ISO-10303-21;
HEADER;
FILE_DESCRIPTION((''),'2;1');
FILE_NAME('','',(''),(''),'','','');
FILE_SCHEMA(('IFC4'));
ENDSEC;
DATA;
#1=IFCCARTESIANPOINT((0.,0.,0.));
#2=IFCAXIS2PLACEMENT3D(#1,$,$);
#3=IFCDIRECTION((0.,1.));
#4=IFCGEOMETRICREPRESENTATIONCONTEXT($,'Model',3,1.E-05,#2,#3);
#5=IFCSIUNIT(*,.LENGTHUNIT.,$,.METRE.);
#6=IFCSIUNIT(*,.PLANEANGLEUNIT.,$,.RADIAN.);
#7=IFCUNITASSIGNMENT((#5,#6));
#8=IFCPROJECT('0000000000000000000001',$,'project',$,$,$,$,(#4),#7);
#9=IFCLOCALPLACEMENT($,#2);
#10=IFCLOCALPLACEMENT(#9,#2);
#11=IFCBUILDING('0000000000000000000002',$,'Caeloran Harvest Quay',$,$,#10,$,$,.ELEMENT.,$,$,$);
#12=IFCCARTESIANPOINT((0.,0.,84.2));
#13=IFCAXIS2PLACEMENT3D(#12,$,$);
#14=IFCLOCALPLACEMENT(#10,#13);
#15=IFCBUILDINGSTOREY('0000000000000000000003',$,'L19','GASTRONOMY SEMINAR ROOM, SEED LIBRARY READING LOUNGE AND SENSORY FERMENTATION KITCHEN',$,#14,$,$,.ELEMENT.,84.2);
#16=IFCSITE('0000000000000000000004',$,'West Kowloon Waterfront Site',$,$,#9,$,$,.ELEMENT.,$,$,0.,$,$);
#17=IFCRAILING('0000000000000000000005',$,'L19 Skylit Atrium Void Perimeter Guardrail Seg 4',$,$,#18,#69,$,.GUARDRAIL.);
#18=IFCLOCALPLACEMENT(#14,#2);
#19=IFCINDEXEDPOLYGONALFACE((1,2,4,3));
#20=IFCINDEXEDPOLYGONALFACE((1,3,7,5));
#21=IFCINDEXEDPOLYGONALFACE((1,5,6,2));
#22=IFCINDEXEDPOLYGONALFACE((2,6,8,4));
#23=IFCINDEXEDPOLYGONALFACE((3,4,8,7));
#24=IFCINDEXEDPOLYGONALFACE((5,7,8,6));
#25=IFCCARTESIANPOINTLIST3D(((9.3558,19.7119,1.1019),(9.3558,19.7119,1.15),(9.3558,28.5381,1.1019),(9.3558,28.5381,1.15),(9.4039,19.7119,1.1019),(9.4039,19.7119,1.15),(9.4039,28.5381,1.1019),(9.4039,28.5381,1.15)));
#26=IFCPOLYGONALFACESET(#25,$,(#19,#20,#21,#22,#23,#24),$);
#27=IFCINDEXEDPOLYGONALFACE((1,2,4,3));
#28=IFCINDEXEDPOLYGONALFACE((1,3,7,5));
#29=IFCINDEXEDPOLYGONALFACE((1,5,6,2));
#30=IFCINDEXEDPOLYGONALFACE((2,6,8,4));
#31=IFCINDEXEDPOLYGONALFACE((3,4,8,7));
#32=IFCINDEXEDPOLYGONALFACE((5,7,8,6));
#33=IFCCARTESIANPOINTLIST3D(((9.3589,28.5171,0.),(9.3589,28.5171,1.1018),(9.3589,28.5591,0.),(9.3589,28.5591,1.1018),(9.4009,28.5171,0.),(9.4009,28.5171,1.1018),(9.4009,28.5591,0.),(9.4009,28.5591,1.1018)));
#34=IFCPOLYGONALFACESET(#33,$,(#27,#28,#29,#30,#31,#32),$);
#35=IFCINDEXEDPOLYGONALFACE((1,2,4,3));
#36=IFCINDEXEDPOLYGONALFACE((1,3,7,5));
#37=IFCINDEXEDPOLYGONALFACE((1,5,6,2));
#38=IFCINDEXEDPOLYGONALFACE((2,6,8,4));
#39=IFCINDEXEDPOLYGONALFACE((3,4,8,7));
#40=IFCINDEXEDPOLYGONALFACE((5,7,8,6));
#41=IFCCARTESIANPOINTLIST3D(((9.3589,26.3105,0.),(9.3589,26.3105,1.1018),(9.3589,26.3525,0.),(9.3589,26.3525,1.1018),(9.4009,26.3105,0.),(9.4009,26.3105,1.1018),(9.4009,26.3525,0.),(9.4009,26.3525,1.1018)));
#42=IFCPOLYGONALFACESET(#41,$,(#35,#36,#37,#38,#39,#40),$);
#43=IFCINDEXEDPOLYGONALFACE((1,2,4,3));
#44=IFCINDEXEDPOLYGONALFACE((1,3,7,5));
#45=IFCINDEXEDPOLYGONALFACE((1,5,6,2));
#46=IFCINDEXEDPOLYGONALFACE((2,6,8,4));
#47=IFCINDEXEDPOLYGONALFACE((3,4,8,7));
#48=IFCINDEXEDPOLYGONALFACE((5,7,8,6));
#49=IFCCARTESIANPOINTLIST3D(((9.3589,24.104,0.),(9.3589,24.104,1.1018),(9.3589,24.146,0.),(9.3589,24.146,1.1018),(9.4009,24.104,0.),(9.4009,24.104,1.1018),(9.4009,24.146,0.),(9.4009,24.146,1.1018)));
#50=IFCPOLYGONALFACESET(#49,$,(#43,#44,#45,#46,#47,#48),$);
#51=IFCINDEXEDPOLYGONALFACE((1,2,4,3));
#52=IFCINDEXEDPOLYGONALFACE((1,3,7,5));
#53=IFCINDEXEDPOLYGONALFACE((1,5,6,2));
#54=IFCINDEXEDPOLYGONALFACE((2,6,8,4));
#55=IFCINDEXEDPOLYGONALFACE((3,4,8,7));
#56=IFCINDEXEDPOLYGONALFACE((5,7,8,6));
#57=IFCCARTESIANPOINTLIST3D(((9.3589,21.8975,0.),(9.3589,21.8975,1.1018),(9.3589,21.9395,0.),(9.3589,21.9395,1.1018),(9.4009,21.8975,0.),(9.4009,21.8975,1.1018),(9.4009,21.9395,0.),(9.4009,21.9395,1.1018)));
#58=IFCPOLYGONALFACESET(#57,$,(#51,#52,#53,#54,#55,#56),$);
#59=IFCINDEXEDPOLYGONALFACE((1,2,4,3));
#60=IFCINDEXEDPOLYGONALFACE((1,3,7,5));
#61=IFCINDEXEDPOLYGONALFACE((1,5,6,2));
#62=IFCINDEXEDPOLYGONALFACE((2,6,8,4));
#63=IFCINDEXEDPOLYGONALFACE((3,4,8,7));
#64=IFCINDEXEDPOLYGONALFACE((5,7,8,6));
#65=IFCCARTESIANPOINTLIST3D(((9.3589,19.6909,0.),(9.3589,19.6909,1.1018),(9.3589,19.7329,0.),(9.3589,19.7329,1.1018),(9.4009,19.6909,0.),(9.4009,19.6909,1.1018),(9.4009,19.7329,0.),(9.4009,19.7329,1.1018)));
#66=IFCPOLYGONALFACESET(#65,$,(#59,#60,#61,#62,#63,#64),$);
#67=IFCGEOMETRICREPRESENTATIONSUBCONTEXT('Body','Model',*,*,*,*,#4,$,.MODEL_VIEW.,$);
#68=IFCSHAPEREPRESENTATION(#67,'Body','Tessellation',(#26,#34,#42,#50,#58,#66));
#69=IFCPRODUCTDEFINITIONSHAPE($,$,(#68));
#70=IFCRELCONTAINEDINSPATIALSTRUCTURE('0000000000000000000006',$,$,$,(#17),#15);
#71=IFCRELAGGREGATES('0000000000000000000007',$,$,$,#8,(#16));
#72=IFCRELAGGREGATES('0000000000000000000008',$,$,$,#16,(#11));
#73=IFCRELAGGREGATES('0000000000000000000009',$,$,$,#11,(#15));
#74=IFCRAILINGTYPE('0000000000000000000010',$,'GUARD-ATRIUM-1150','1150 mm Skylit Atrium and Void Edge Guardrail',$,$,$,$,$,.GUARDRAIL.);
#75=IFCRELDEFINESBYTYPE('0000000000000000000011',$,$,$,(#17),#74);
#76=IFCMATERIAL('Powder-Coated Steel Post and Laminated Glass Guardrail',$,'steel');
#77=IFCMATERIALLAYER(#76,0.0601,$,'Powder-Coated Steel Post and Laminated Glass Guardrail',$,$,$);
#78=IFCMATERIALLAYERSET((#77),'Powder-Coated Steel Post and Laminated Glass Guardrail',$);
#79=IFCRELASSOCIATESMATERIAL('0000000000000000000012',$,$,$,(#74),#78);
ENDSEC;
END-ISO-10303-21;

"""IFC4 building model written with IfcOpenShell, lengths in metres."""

from ifc_helpers import new_model, si_unit, direction, frame, origin, origin_2d, place, context, subcontext, project, spatial, rectangle, extrude, material, layer, layer_set, type_object, element, save


model = new_model("IFC4")

# Units and contexts
model_context = context("Model", 3, precision=1e-05, world=origin(), true_north=direction((0.0, 1.0)))
body_context = subcontext(model_context, "Body", "Model", "MODEL_VIEW")
ifc_project = project(units=[si_unit("LENGTHUNIT", "METRE"), si_unit("PLANEANGLEUNIT", "RADIAN")], contexts=[model_context])

# Site, building, storey
site_placement = place(None, origin())
site = spatial("IfcSite", under=ifc_project, at=site_placement, Name="West Kowloon Waterfront Site", CompositionType="ELEMENT", RefElevation=0.0)
building_placement = place(site_placement, origin())
building = spatial("IfcBuilding", under=site, at=building_placement, Name="Caeloran Harvest Quay", CompositionType="ELEMENT")
storey_placement = place(building_placement, frame((0.0, 0.0, 84.2)))
storey = spatial("IfcBuildingStorey", under=building, at=storey_placement, Name="L19", Description="GASTRONOMY SEMINAR ROOM, SEED LIBRARY READING LOUNGE AND SENSORY FERMENTATION KITCHEN", CompositionType="ELEMENT", Elevation=84.2)

# Railing
ifc_material_1 = material(Name="Powder-Coated Steel Post and Laminated Glass Guardrail", Category="steel")
ifc_layer_1 = layer(ifc_material_1, 0.0601, Name="Powder-Coated Steel Post and Laminated Glass Guardrail")
ifc_layer_set_1 = layer_set([ifc_layer_1], Name="Powder-Coated Steel Post and Laminated Glass Guardrail")
railing_type = type_object("IfcRailingType", Name="GUARD-ATRIUM-1150", Description="1150 mm Skylit Atrium and Void Edge Guardrail", PredefinedType="GUARDRAIL", material=ifc_layer_set_1)
railing_placement = place(storey_placement, frame((9.3799, 28.5381, 0.0)))
element("IfcRailing", 1, at=railing_placement, inside=storey, type_object=railing_type, Name="L19 Skylit Atrium Void Perimeter Guardrail Seg 4", PredefinedType="GUARDRAIL", context=body_context, shape_type="SweptSolid", body=[
    extrude(rectangle(XDim=0.0481, YDim=0.0481, at=origin_2d()), frame((0.0, 0.0, 1.126), z_axis=(0.0, -1.0, 0.0), x_axis=(1.0, 0.0, 0.0)), (0.0, 0.0, 1.0), 8.8262),
    extrude(rectangle(XDim=0.042, YDim=0.042, at=origin_2d()), origin(), (0.0, 0.0, 1.0), 1.1018),
    extrude(rectangle(XDim=0.042, YDim=0.042, at=origin_2d()), frame((0.0, -2.2065, 0.0)), (0.0, 0.0, 1.0), 1.1018),
    extrude(rectangle(XDim=0.042, YDim=0.042, at=origin_2d()), frame((0.0, -4.4131, 0.0)), (0.0, 0.0, 1.0), 1.1018),
    extrude(rectangle(XDim=0.042, YDim=0.042, at=origin_2d()), frame((0.0, -6.6196, 0.0)), (0.0, 0.0, 1.0), 1.1018),
    extrude(rectangle(XDim=0.042, YDim=0.042, at=origin_2d()), frame((0.0, -8.8262, 0.0)), (0.0, 0.0, 1.0), 1.1018),
])

save(model, "model.ifc")
